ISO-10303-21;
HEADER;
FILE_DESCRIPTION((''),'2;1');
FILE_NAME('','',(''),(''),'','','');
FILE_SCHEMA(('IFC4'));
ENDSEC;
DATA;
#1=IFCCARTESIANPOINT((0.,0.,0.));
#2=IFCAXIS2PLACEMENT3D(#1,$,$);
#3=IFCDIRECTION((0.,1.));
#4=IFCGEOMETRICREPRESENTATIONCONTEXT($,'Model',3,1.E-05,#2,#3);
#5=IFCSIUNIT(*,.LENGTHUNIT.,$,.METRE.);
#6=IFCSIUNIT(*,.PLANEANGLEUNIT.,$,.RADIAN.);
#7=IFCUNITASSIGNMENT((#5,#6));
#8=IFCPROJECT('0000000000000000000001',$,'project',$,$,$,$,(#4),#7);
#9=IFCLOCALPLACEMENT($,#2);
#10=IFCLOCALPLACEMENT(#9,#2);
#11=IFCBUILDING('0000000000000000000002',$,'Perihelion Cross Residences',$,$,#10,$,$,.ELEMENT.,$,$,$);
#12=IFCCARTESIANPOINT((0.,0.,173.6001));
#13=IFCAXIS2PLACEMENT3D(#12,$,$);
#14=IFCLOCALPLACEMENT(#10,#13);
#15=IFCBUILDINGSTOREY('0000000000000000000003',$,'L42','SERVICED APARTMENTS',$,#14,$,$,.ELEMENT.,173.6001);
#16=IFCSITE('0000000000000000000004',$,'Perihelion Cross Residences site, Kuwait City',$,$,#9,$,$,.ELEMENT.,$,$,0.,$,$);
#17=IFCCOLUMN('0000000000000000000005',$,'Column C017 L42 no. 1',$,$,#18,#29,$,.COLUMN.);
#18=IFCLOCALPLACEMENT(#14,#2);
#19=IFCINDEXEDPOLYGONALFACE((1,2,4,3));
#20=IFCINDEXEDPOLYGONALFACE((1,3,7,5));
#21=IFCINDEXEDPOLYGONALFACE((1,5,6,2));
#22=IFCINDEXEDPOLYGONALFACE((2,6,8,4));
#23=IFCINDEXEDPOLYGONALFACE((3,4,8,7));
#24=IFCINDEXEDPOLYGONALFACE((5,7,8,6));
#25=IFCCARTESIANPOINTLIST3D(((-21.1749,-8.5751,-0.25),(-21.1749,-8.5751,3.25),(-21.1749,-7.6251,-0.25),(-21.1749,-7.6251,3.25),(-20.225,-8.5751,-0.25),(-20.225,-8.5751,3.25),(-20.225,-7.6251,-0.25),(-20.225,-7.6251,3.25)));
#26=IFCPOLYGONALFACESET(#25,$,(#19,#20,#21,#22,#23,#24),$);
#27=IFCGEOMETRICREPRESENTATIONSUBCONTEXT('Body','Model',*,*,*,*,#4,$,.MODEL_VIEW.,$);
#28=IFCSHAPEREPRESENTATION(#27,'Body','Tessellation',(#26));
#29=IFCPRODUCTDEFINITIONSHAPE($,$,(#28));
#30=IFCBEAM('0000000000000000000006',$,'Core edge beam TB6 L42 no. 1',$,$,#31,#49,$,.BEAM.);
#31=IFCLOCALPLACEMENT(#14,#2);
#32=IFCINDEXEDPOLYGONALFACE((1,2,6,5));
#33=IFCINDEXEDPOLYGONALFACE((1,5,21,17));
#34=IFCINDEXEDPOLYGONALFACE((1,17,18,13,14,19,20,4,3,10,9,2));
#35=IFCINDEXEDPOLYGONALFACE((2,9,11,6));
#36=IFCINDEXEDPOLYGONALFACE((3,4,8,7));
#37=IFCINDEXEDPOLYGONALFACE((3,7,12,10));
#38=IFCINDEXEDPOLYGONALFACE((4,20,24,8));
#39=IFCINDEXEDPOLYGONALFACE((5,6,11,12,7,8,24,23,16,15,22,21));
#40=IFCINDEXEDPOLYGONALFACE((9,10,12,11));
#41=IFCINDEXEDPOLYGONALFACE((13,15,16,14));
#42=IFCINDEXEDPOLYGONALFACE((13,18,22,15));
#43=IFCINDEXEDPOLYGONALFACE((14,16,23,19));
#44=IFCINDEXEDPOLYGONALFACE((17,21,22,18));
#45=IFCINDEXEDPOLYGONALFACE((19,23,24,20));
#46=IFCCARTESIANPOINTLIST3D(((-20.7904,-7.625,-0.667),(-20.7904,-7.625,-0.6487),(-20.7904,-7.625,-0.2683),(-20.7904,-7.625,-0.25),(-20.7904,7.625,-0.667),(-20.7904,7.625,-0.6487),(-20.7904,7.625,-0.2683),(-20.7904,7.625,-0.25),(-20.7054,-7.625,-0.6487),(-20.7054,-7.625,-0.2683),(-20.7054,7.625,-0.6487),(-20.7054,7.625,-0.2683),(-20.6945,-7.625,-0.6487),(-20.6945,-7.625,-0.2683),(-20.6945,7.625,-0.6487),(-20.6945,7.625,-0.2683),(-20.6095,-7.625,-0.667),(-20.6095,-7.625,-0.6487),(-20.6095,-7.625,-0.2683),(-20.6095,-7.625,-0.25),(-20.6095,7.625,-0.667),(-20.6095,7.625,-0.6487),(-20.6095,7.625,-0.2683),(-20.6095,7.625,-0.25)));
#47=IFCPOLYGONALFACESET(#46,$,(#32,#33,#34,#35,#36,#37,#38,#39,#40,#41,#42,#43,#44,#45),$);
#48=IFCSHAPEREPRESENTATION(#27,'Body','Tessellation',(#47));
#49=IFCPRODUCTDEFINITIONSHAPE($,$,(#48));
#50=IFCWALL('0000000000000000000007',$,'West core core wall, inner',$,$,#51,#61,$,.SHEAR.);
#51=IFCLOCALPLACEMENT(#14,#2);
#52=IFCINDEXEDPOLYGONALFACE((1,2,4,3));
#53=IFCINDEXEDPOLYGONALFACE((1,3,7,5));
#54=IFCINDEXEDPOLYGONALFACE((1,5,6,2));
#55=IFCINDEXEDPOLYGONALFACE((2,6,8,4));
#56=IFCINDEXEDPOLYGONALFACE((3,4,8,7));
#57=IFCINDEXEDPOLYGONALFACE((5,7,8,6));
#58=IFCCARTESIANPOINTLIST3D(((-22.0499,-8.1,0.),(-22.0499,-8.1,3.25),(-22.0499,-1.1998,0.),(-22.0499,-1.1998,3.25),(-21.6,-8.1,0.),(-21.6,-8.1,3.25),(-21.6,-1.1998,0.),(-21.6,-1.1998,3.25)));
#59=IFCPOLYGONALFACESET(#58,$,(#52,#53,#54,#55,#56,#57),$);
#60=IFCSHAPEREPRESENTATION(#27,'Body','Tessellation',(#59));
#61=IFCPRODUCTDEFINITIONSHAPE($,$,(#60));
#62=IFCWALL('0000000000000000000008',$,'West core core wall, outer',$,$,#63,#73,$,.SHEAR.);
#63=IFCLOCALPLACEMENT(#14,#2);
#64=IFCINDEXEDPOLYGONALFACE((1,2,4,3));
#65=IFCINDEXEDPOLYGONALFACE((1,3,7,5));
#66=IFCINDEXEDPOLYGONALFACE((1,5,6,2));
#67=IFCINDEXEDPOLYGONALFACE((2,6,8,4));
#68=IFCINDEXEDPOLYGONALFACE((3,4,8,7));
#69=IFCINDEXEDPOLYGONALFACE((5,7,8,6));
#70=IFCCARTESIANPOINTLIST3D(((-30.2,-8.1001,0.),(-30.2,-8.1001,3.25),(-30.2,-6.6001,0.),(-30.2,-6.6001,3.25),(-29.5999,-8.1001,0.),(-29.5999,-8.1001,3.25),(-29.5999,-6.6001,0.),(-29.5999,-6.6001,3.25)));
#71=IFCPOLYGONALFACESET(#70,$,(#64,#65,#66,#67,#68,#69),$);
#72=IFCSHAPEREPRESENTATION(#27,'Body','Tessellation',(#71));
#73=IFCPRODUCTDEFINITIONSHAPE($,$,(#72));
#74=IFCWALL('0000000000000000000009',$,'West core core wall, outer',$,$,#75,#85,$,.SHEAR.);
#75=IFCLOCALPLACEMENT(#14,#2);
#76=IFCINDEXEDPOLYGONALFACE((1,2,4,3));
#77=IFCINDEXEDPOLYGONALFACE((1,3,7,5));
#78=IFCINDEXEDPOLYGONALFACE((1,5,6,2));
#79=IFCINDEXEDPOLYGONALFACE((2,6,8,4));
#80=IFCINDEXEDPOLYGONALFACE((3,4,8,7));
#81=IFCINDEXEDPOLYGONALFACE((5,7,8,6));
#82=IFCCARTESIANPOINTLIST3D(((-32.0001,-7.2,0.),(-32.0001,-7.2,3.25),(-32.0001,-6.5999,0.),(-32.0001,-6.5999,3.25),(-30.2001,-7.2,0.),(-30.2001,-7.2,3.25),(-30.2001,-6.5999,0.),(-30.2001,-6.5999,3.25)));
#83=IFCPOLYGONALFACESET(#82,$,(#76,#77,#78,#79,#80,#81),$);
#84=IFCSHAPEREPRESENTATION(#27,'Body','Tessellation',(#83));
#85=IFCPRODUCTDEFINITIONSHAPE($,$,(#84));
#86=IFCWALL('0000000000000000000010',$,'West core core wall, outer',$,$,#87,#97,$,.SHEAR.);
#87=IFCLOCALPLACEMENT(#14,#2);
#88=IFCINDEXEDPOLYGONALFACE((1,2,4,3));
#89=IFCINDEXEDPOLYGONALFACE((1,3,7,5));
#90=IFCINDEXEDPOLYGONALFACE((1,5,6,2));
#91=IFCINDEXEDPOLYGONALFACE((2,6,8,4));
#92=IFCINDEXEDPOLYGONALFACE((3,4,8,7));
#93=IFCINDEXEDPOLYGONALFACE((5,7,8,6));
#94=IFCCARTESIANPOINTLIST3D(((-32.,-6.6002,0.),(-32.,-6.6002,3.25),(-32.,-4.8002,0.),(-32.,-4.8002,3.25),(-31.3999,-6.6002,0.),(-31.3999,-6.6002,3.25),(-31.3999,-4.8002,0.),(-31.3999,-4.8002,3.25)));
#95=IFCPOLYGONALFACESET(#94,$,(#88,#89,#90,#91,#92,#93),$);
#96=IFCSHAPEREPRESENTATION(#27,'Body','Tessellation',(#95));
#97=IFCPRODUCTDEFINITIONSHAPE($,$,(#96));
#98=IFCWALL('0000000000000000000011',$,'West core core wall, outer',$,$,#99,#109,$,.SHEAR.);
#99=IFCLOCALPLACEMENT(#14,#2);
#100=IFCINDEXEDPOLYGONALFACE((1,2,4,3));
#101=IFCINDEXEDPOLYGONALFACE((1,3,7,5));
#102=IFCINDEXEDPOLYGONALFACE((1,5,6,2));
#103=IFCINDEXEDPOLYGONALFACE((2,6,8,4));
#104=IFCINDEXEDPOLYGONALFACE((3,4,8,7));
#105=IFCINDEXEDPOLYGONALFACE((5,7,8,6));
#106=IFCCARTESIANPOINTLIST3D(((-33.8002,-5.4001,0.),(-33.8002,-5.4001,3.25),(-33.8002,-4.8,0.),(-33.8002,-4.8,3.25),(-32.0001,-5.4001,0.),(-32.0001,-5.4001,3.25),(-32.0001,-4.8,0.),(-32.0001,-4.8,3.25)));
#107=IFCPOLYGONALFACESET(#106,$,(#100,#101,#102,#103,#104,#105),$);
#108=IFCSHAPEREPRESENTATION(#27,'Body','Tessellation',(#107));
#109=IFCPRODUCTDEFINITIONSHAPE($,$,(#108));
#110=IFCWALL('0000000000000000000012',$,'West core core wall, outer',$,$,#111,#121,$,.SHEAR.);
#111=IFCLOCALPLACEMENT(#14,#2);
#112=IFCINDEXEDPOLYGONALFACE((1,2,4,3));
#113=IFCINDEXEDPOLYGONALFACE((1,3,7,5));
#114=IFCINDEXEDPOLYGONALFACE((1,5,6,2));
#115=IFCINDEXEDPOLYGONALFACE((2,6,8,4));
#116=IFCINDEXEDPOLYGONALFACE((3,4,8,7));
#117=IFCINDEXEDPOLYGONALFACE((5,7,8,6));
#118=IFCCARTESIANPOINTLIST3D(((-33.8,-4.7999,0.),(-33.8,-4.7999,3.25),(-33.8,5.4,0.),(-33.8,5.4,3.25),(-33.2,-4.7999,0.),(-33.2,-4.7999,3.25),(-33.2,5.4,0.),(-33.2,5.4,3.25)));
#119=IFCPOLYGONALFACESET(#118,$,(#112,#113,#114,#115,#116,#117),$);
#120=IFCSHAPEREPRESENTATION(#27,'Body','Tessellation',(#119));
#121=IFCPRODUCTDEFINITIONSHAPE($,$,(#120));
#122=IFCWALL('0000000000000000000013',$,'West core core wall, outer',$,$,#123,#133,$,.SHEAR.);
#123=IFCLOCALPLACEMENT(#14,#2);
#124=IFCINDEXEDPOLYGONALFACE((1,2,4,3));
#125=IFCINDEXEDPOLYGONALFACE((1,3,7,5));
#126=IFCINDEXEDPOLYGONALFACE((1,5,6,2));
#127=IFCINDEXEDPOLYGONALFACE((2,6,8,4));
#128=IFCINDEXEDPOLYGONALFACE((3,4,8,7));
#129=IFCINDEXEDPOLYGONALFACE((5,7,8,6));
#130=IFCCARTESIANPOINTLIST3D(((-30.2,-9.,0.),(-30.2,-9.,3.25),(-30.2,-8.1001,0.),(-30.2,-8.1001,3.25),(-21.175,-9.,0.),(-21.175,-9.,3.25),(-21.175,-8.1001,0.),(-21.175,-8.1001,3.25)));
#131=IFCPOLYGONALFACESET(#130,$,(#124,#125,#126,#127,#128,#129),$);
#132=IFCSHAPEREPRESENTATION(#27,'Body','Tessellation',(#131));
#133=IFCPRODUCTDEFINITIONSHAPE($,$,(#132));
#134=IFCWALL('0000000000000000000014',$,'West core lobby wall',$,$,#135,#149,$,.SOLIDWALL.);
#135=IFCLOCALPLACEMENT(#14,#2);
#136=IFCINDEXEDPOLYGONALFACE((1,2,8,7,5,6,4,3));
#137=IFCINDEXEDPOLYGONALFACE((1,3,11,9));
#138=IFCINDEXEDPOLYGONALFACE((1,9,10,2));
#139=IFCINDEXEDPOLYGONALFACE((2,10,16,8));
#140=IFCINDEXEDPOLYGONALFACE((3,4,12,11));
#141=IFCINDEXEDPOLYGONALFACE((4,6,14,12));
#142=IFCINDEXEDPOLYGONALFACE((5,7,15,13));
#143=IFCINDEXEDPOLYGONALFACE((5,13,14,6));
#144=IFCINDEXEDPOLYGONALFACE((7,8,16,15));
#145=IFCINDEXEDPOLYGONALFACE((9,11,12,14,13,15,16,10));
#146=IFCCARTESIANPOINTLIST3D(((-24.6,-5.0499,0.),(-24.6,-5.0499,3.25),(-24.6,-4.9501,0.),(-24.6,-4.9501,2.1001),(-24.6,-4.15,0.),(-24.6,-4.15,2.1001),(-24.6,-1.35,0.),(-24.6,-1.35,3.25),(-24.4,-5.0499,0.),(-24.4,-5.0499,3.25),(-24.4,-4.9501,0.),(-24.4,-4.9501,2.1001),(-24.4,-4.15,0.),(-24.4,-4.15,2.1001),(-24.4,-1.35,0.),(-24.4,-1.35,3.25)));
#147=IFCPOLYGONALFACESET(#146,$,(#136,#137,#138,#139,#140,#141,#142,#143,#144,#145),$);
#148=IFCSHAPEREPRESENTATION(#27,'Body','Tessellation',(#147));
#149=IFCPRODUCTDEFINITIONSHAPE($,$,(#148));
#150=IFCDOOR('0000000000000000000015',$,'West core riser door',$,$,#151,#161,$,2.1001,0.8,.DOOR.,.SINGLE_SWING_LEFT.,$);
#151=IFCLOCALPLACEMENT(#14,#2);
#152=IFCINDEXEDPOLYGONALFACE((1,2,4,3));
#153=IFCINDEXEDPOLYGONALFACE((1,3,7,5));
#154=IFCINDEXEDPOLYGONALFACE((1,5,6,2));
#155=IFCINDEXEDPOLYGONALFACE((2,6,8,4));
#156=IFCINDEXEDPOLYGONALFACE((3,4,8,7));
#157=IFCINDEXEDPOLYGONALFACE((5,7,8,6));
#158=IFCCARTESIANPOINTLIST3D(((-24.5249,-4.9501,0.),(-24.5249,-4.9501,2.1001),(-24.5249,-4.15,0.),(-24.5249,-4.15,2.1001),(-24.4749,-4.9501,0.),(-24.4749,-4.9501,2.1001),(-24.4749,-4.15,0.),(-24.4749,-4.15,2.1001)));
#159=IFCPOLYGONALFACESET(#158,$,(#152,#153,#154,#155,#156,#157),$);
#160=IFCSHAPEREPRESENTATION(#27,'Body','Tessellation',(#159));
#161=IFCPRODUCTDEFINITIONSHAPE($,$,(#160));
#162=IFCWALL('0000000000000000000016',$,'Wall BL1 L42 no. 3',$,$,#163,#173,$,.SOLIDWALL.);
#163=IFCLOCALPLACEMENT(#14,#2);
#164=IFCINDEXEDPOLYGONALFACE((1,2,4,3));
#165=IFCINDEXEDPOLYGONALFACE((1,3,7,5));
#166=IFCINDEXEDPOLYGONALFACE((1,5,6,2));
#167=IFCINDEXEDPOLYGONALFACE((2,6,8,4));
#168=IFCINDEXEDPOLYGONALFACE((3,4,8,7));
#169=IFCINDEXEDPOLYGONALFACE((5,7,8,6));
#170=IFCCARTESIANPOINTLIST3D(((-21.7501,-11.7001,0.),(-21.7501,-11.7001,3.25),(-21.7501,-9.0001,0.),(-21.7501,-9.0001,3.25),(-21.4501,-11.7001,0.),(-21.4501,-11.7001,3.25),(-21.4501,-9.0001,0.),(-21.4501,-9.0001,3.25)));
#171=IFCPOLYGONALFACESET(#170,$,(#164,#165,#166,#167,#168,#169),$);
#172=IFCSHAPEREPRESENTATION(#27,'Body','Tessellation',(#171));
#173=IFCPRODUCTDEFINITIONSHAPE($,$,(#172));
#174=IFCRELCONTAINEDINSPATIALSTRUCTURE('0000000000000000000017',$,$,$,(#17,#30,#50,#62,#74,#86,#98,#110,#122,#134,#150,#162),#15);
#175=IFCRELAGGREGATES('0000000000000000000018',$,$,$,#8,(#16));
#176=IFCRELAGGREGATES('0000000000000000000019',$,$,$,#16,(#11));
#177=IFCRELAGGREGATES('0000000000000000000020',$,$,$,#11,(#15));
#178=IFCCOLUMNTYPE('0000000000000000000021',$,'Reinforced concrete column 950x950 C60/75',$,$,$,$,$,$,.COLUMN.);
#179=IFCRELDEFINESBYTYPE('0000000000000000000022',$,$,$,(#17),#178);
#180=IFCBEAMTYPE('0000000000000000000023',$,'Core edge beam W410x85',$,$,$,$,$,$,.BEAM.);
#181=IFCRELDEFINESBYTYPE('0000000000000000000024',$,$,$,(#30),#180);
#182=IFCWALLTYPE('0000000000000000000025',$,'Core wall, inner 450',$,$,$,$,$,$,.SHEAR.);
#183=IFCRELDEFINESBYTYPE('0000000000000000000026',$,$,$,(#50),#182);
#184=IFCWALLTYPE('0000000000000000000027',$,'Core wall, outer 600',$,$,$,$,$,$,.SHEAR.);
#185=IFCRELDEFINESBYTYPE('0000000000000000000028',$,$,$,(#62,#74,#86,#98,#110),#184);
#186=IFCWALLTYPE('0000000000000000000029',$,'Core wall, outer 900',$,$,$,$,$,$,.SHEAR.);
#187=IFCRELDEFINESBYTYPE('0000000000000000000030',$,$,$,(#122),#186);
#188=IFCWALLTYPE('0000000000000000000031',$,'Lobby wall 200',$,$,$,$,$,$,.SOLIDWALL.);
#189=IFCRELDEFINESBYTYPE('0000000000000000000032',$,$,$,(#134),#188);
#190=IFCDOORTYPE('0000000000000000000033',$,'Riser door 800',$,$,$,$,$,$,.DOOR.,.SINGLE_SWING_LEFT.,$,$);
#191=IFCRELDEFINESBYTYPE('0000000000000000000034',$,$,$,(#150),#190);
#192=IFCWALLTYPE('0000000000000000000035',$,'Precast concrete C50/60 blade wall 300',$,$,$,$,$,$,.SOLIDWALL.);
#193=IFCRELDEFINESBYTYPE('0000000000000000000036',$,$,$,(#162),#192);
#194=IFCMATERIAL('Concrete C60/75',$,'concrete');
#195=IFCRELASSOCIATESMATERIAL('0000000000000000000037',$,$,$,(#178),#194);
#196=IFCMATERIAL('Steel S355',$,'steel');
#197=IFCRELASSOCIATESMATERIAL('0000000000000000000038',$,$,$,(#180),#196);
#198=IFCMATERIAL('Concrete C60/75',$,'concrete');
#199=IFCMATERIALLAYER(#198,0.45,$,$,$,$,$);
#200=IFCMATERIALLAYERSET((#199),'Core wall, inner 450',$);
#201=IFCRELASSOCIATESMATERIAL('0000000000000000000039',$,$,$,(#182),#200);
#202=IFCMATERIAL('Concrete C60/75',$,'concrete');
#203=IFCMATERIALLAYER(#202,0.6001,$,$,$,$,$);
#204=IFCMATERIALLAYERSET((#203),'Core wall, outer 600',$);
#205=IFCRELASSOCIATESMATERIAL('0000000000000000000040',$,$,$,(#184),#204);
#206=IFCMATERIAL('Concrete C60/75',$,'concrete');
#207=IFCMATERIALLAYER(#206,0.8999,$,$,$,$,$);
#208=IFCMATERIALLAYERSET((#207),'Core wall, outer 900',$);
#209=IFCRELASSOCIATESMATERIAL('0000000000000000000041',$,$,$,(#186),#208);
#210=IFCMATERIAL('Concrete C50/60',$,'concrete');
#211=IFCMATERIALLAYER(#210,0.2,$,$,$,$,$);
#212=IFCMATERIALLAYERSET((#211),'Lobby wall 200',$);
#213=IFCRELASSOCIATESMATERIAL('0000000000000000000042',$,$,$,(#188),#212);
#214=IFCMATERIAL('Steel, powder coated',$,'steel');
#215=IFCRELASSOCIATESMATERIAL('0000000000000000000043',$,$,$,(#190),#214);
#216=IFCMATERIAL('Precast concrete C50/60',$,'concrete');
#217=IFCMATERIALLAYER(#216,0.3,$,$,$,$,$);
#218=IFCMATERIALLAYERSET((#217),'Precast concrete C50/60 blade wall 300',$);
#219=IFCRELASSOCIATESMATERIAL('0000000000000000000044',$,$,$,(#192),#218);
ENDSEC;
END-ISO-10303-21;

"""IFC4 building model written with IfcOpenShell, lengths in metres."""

from ifc_helpers import new_model, si_unit, direction, frame, frame_2d, origin, origin_2d, place, context, subcontext, project, spatial, rectangle, i_section, extrude, material, layer, layer_set, material_profile, profile_set, type_object, element, fill, save


model = new_model("IFC4")

# Units and contexts
model_context = context("Model", 3, precision=1e-05, world=origin(), true_north=direction((0.0, 1.0)))
body_context = subcontext(model_context, "Body", "Model", "MODEL_VIEW")
ifc_project = project(units=[si_unit("LENGTHUNIT", "METRE"), si_unit("PLANEANGLEUNIT", "RADIAN")], contexts=[model_context])

# Site, building, storey
site_placement = place(None, origin())
site = spatial("IfcSite", under=ifc_project, at=site_placement, Name="Perihelion Cross Residences site, Kuwait City", CompositionType="ELEMENT", RefElevation=0.0)
building_placement = place(site_placement, origin())
building = spatial("IfcBuilding", under=site, at=building_placement, Name="Perihelion Cross Residences", CompositionType="ELEMENT")
storey_placement = place(building_placement, frame((0.0, 0.0, 173.6001)))
storey = spatial("IfcBuildingStorey", under=building, at=storey_placement, Name="L42", Description="SERVICED APARTMENTS", CompositionType="ELEMENT", Elevation=173.6001)

# Column
ifc_material_1 = material(Name="Concrete C60/75", Category="concrete")
ifc_material_profile_1 = material_profile(ifc_material_1, rectangle(XDim=0.95, YDim=0.95, at=origin_2d()), Name="RC 950x950")
ifc_profile_set_1 = profile_set([ifc_material_profile_1], Name="Concrete C60/75")
column_type = type_object("IfcColumnType", Name="Reinforced concrete column 950x950 C60/75", PredefinedType="COLUMN", material=ifc_profile_set_1)
column_placement = place(storey_placement, frame((-20.7, -8.1001, -0.25), z_axis=(0.0, 0.0, 1.0), x_axis=(1.0, 0.0, 0.0)))
element("IfcColumn", 1, at=column_placement, inside=storey, type_object=column_type, Name="Column C017 L42 no. 1", PredefinedType="COLUMN", context=body_context, shape_type="SweptSolid", body=[
    extrude(rectangle(XDim=0.95, YDim=0.95, at=origin_2d()), origin(), (0.0, 0.0, 1.0), 3.5),
])

# Beam
ifc_material_2 = material(Name="Steel S355", Category="steel")
ifc_material_profile_2 = material_profile(ifc_material_2, i_section(OverallWidth=0.1809, OverallDepth=0.417, WebThickness=0.011, FlangeThickness=0.0183, at=origin_2d()), Name="W410x85")
ifc_profile_set_2 = profile_set([ifc_material_profile_2], Name="Steel S355")
beam_type = type_object("IfcBeamType", Name="Core edge beam W410x85", PredefinedType="BEAM", material=ifc_profile_set_2)
beam_placement = place(storey_placement, frame((-20.7, -7.625, -0.4585), z_axis=(0.0, 1.0, 0.0), x_axis=(-1.0, 0.0, 0.0)))
element("IfcBeam", 2, at=beam_placement, inside=storey, type_object=beam_type, Name="Core edge beam TB6 L42 no. 1", PredefinedType="BEAM", context=body_context, shape_type="SweptSolid", body=[
    extrude(i_section(OverallWidth=0.1809, OverallDepth=0.417, WebThickness=0.011, FlangeThickness=0.0183, at=origin_2d()), origin(), (0.0, 0.0, 1.0), 15.25),
])

# Walls
ifc_material_3 = material(Name="Concrete C60/75", Category="concrete")
ifc_layer_1 = layer(ifc_material_3, 0.45)
ifc_layer_set_1 = layer_set([ifc_layer_1], Name="Core wall, inner 450")
wall_type_1 = type_object("IfcWallType", Name="Core wall, inner 450", PredefinedType="SHEAR", material=ifc_layer_set_1)
wall_1_placement = place(storey_placement, frame((-21.825, -8.1001, 0.0), z_axis=(0.0, 0.0, 1.0), x_axis=(0.0, 1.0, 0.0)))
element("IfcWall", 3, at=wall_1_placement, inside=storey, type_object=wall_type_1, Name="West core core wall, inner", PredefinedType="SHEAR", context=body_context, shape_type="SweptSolid", body=[
    extrude(rectangle(XDim=6.9001, YDim=0.45, at=frame_2d((3.4502, 0.0))), origin(), (0.0, 0.0, 1.0), 3.25),
])
ifc_material_4 = material(Name="Concrete C60/75", Category="concrete")
ifc_layer_2 = layer(ifc_material_4, 0.6001)
ifc_layer_set_2 = layer_set([ifc_layer_2], Name="Core wall, outer 600")
wall_type_2 = type_object("IfcWallType", Name="Core wall, outer 600", PredefinedType="SHEAR", material=ifc_layer_set_2)
wall_2_placement = place(storey_placement, frame((-29.8999, -8.1001, 0.0), z_axis=(0.0, 0.0, 1.0), x_axis=(0.0, 1.0, 0.0)))
element("IfcWall", 4, at=wall_2_placement, inside=storey, type_object=wall_type_2, Name="West core core wall, outer", PredefinedType="SHEAR", context=body_context, shape_type="SweptSolid", body=[
    extrude(rectangle(XDim=1.5, YDim=0.6001, at=frame_2d((0.75, 0.0))), origin(), (0.0, 0.0, 1.0), 3.25),
])
for number, where, z_axis, x_axis, name in (
    (5, (-32.0, -6.8999, 0.0), (0.0, 0.0, 1.0), (1.0, 0.0, 0.0), "West core core wall, outer"),
    (6, (-31.7, -6.6001, 0.0), (0.0, 0.0, 1.0), (0.0, 1.0, 0.0), "West core core wall, outer"),
    (7, (-33.8, -5.1001, 0.0), (0.0, 0.0, 1.0), (1.0, 0.0, 0.0), "West core core wall, outer"),
):
    element("IfcWall", number, at=place(storey_placement, frame(where, z_axis=z_axis, x_axis=x_axis)), inside=storey, type_object=wall_type_2, Name=name, PredefinedType="SHEAR", context=body_context, shape_type="SweptSolid", body=[
        extrude(rectangle(XDim=1.8, YDim=0.6001, at=frame_2d((0.8999, 0.0))), origin(), (0.0, 0.0, 1.0), 3.25),
    ])
wall_3_placement = place(storey_placement, frame((-33.5, -4.8, 0.0), z_axis=(0.0, 0.0, 1.0), x_axis=(0.0, 1.0, 0.0)))
element("IfcWall", 8, at=wall_3_placement, inside=storey, type_object=wall_type_2, Name="West core core wall, outer", PredefinedType="SHEAR", context=body_context, shape_type="SweptSolid", body=[
    extrude(rectangle(XDim=10.2, YDim=0.6001, at=frame_2d((5.1001, 0.0))), origin(), (0.0, 0.0, 1.0), 3.25),
])
ifc_material_5 = material(Name="Concrete C60/75", Category="concrete")
ifc_layer_3 = layer(ifc_material_5, 0.8999)
ifc_layer_set_3 = layer_set([ifc_layer_3], Name="Core wall, outer 900")
wall_type_3 = type_object("IfcWallType", Name="Core wall, outer 900", PredefinedType="SHEAR", material=ifc_layer_set_3)
wall_4_placement = place(storey_placement, frame((-30.2, -8.55, 0.0), z_axis=(0.0, 0.0, 1.0), x_axis=(1.0, 0.0, 0.0)))
element("IfcWall", 9, at=wall_4_placement, inside=storey, type_object=wall_type_3, Name="West core core wall, outer", PredefinedType="SHEAR", context=body_context, shape_type="SweptSolid", body=[
    extrude(rectangle(XDim=9.0249, YDim=0.8999, at=frame_2d((4.5125, 0.0))), origin(), (0.0, 0.0, 1.0), 3.25),
])

# Wall, opening, door
ifc_material_6 = material(Name="Concrete C50/60", Category="concrete")
ifc_layer_4 = layer(ifc_material_6, 0.2)
ifc_layer_set_4 = layer_set([ifc_layer_4], Name="Lobby wall 200")
wall_type_4 = type_object("IfcWallType", Name="Lobby wall 200", PredefinedType="SOLIDWALL", material=ifc_layer_set_4)
wall_5_placement = place(storey_placement, frame((-24.5, -5.05, 0.0), z_axis=(0.0, 0.0, 1.0), x_axis=(0.0, 1.0, 0.0)))
wall_5 = element("IfcWall", 10, at=wall_5_placement, inside=storey, type_object=wall_type_4, Name="West core lobby wall", PredefinedType="SOLIDWALL", context=body_context, shape_type="SweptSolid", body=[
    extrude(rectangle(XDim=3.7, YDim=0.2, at=frame_2d((1.8501, 0.0))), origin(), (0.0, 0.0, 1.0), 3.25),
])
opening_1_placement = place(wall_5_placement, frame((0.1001, 0.0, 0.0)))
opening_1 = element("IfcOpeningElement", 11, at=opening_1_placement, cuts=wall_5, PredefinedType="OPENING", context=body_context, shape_type="SweptSolid", body=[
    extrude(rectangle(XDim=0.8, YDim=2.1001, at=frame_2d((0.3999, 1.05))), frame((0.0, 0.1099, 0.0), z_axis=(0.0, -1.0, 0.0), x_axis=(1.0, 0.0, 0.0)), (0.0, 0.0, 1.0), 0.22),
])
ifc_material_7 = material(Name="Steel, powder coated", Category="steel")
door_type_1 = type_object("IfcDoorType", Name="Riser door 800", OperationType="SINGLE_SWING_LEFT", PredefinedType="DOOR", material=ifc_material_7)
door_1_placement = place(opening_1_placement, origin())
door_1 = element("IfcDoor", 12, at=door_1_placement, inside=storey, type_object=door_type_1, Name="West core riser door", OperationType="SINGLE_SWING_LEFT", OverallHeight=2.1001, OverallWidth=0.8, PredefinedType="DOOR", context=body_context, shape_type="SweptSolid", body=[
    extrude(rectangle(XDim=0.8, YDim=2.1001, at=frame_2d((0.3999, 1.05))), frame((0.0, 0.0249, 0.0), z_axis=(0.0, -1.0, 0.0), x_axis=(1.0, 0.0, 0.0)), (0.0, 0.0, 1.0), 0.05),
])
fill(opening_1, door_1)

# Wall
ifc_material_8 = material(Name="Precast concrete C50/60", Category="concrete")
ifc_layer_5 = layer(ifc_material_8, 0.3)
ifc_layer_set_5 = layer_set([ifc_layer_5], Name="Precast concrete C50/60 blade wall 300")
wall_type_5 = type_object("IfcWallType", Name="Precast concrete C50/60 blade wall 300", PredefinedType="SOLIDWALL", material=ifc_layer_set_5)
wall_6_placement = place(storey_placement, frame((-21.6001, -9.0, 0.0), z_axis=(0.0, 0.0, 1.0), x_axis=(0.0, -1.0, 0.0)))
element("IfcWall", 13, at=wall_6_placement, inside=storey, type_object=wall_type_5, Name="Wall BL1 L42 no. 3", PredefinedType="SOLIDWALL", context=body_context, shape_type="SweptSolid", body=[
    extrude(rectangle(XDim=2.7, YDim=0.3, at=frame_2d((1.3501, 0.0))), origin(), (0.0, 0.0, 1.0), 3.25),
])

save(model, "model.ifc")
